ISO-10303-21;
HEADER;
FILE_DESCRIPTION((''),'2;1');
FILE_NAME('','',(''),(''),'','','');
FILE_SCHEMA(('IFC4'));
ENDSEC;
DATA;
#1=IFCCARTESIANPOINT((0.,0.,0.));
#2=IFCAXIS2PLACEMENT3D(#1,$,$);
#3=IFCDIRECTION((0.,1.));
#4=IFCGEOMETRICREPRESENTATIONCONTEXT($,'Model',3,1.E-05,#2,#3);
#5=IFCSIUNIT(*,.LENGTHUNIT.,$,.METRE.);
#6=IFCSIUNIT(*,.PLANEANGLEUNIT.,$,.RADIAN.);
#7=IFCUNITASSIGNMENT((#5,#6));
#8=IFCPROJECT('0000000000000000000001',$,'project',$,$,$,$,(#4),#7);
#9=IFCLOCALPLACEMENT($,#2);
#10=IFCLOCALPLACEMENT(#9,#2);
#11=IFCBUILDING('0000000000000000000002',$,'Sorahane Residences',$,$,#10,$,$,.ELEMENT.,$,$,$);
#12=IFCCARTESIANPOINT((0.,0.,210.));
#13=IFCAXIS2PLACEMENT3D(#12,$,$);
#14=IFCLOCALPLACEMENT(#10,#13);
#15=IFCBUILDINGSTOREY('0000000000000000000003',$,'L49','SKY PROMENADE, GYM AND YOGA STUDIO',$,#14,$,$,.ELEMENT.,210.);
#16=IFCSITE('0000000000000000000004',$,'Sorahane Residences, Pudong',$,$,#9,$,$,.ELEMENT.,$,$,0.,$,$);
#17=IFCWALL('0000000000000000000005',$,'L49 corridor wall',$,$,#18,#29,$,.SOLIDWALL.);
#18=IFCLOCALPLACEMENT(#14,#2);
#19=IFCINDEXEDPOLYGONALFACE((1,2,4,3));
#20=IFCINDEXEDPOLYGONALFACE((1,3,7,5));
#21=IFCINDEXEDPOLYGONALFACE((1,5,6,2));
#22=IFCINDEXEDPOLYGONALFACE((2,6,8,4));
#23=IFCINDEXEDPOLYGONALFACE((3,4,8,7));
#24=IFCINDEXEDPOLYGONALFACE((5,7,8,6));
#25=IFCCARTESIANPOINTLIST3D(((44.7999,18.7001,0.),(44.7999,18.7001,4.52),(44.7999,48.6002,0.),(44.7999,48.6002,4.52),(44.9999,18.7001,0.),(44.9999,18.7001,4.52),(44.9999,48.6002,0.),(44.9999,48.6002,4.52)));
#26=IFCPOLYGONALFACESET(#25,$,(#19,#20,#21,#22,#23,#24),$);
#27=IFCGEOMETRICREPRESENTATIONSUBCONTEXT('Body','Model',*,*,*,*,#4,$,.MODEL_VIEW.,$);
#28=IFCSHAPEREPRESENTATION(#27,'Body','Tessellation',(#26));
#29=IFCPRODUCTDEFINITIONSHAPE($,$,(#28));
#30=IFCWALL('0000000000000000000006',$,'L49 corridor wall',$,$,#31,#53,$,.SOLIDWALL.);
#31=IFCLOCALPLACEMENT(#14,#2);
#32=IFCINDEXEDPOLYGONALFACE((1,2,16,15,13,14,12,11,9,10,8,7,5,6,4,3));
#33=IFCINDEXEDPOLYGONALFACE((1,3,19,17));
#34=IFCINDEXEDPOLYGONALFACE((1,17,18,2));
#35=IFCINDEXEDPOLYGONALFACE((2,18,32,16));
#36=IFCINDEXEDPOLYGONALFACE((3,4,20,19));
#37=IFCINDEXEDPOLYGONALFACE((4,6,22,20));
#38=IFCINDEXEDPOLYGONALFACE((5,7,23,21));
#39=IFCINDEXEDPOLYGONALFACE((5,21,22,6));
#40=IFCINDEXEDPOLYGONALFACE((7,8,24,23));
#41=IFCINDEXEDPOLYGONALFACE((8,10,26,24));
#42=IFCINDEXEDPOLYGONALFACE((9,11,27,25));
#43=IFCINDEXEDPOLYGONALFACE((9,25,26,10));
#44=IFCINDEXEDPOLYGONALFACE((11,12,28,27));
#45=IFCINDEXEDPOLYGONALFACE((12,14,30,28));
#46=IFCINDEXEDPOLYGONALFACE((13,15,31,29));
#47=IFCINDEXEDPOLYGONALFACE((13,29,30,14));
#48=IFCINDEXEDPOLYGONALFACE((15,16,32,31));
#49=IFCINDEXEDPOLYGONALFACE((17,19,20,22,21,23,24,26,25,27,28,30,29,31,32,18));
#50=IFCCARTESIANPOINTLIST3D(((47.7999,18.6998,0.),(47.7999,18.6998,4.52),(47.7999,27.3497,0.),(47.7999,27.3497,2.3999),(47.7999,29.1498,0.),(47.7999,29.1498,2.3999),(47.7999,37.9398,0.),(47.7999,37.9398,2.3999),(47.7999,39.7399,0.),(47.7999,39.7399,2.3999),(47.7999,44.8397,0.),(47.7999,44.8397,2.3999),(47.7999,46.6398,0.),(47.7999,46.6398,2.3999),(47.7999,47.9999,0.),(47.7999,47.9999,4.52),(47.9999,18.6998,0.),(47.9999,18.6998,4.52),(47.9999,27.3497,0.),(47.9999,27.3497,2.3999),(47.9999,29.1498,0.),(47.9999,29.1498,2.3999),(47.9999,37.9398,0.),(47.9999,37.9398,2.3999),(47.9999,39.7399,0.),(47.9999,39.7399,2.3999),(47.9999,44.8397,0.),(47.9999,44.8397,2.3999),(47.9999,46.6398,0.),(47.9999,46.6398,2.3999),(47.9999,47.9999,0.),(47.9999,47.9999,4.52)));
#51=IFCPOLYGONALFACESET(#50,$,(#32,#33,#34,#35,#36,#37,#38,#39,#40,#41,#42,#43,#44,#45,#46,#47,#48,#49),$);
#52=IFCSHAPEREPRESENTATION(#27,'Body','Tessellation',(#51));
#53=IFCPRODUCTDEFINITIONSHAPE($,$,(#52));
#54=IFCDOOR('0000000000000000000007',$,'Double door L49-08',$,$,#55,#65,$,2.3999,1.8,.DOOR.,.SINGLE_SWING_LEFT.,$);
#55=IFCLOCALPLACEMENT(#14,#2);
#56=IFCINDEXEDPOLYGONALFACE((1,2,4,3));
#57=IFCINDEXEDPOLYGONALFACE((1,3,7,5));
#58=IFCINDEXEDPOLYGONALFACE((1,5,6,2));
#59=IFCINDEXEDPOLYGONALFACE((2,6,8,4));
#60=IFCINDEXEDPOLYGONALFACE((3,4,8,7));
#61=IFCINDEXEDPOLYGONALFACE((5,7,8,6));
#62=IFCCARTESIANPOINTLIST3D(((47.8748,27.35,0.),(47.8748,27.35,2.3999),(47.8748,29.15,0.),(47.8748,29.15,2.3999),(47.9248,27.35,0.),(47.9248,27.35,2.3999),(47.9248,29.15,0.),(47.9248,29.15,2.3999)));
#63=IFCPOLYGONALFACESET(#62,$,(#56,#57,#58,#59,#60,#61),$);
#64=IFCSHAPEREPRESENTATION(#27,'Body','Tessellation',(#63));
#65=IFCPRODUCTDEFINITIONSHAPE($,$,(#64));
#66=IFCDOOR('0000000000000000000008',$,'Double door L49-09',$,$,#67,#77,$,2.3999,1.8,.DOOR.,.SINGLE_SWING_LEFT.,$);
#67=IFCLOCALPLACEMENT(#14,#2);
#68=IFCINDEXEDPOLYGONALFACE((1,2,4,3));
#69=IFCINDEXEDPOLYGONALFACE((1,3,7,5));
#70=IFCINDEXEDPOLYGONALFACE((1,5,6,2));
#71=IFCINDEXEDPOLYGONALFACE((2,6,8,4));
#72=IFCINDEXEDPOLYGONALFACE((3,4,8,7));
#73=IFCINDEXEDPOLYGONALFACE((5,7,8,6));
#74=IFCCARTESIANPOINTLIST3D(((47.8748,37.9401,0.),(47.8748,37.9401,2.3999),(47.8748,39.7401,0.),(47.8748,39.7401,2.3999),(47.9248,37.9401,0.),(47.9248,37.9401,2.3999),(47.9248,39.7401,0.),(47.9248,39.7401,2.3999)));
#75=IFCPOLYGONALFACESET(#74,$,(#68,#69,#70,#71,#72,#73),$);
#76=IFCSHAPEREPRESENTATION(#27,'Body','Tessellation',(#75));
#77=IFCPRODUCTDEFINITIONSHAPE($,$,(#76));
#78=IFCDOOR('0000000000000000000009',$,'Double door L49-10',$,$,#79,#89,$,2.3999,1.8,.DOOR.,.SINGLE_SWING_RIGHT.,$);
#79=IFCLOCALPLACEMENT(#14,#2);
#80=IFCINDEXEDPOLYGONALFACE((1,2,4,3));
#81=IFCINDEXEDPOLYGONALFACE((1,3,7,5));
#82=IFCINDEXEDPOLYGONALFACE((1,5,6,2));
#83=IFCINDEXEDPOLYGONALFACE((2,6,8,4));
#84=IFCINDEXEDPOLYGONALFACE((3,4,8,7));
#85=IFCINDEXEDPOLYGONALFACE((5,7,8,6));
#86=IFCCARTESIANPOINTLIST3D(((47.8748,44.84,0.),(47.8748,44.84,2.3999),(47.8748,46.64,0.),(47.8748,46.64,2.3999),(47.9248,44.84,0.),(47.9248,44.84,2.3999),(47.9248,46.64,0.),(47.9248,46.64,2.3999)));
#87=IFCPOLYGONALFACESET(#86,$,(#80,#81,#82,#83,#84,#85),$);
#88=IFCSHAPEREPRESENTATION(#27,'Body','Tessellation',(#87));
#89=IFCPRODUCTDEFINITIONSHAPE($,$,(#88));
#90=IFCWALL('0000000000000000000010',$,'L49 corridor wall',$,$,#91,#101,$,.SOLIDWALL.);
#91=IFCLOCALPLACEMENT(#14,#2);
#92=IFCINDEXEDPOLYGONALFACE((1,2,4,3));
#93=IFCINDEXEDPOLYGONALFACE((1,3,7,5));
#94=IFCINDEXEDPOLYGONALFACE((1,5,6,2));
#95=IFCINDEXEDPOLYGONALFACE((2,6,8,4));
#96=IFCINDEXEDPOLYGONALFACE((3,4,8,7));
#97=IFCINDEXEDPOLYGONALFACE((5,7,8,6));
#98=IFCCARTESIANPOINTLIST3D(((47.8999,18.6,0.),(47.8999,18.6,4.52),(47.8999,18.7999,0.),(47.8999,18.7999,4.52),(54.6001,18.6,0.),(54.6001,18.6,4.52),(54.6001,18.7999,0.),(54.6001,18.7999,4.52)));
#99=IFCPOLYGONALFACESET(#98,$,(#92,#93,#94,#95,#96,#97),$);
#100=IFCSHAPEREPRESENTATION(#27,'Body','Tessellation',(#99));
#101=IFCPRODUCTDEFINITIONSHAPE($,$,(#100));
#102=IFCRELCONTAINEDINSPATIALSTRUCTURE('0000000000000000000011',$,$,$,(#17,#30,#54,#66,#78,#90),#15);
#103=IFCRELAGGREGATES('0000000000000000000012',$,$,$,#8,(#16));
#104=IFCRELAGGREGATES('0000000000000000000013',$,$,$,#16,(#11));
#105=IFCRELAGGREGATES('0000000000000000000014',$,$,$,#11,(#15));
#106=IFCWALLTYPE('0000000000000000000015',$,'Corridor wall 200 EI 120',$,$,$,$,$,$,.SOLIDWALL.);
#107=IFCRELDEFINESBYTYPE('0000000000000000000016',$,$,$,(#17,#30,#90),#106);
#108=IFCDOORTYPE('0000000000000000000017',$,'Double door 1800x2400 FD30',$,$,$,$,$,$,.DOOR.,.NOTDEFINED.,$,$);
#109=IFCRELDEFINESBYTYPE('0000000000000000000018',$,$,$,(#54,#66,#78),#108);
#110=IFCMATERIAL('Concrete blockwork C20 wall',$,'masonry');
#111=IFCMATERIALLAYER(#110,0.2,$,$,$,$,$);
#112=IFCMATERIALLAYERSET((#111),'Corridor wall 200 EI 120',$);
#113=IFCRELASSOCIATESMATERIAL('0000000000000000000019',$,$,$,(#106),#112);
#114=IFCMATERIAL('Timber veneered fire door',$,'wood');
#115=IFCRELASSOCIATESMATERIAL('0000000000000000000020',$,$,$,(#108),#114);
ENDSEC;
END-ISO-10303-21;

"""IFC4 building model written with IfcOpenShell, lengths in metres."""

from ifc_helpers import new_model, si_unit, direction, frame, frame_2d, origin, place, context, subcontext, project, spatial, rectangle, extrude, material, layer, layer_set, type_object, element, fill, save


model = new_model("IFC4")

# Units and contexts
model_context = context("Model", 3, precision=1e-05, world=origin(), true_north=direction((0.0, 1.0)))
body_context = subcontext(model_context, "Body", "Model", "MODEL_VIEW")
ifc_project = project(units=[si_unit("LENGTHUNIT", "METRE"), si_unit("PLANEANGLEUNIT", "RADIAN")], contexts=[model_context])

# Site, building, storey
site_placement = place(None, origin())
site = spatial("IfcSite", under=ifc_project, at=site_placement, Name="Sorahane Residences, Pudong", CompositionType="ELEMENT", RefElevation=0.0)
building_placement = place(site_placement, origin())
building = spatial("IfcBuilding", under=site, at=building_placement, Name="Sorahane Residences", CompositionType="ELEMENT")
storey_placement = place(building_placement, frame((0.0, 0.0, 210.0)))
storey = spatial("IfcBuildingStorey", under=building, at=storey_placement, Name="L49", Description="SKY PROMENADE, GYM AND YOGA STUDIO", CompositionType="ELEMENT", Elevation=210.0)

# Wall
ifc_material_1 = material(Name="Concrete blockwork C20 wall", Category="masonry")
ifc_layer_1 = layer(ifc_material_1, 0.2)
ifc_layer_set_1 = layer_set([ifc_layer_1], Name="Corridor wall 200 EI 120")
wall_type_1 = type_object("IfcWallType", Name="Corridor wall 200 EI 120", PredefinedType="SOLIDWALL", material=ifc_layer_set_1)
wall_1_placement = place(storey_placement, frame((44.8999, 18.7, 0.0), z_axis=(0.0, 0.0, 1.0), x_axis=(0.0, 1.0, 0.0)))
element("IfcWall", 1, at=wall_1_placement, inside=storey, type_object=wall_type_1, Name="L49 corridor wall", PredefinedType="SOLIDWALL", context=body_context, shape_type="SweptSolid", body=[
    extrude(rectangle(XDim=29.9001, YDim=0.2, at=frame_2d((14.9502, 0.0))), origin(), (0.0, 0.0, 1.0), 4.52),
])

# Wall, openings, doors
wall_2_placement = place(storey_placement, frame((47.8999, 18.7, 0.0), z_axis=(0.0, 0.0, 1.0), x_axis=(0.0, 1.0, 0.0)))
wall_2 = element("IfcWall", 2, at=wall_2_placement, inside=storey, type_object=wall_type_1, Name="L49 corridor wall", PredefinedType="SOLIDWALL", context=body_context, shape_type="SweptSolid", body=[
    extrude(rectangle(XDim=29.3, YDim=0.2, at=frame_2d((14.6499, 0.0))), origin(), (0.0, 0.0, 1.0), 4.52),
])
opening_1_placement = place(wall_2_placement, frame((8.6499, 0.0, 0.0)))
opening_1 = element("IfcOpeningElement", 3, at=opening_1_placement, cuts=wall_2, PredefinedType="OPENING", context=body_context, shape_type="SweptSolid", body=[
    extrude(rectangle(XDim=1.8, YDim=2.3999, at=frame_2d((0.8999, 1.2))), frame((0.0, 0.1099, 0.0), z_axis=(0.0, -1.0, 0.0), x_axis=(1.0, 0.0, 0.0)), (0.0, 0.0, 1.0), 0.22),
])
opening_2_placement = place(wall_2_placement, frame((19.24, 0.0, 0.0)))
opening_2 = element("IfcOpeningElement", 4, at=opening_2_placement, cuts=wall_2, PredefinedType="OPENING", context=body_context, shape_type="SweptSolid", body=[
    extrude(rectangle(XDim=1.8, YDim=2.3999, at=frame_2d((0.8999, 1.2))), frame((0.0, 0.1099, 0.0), z_axis=(0.0, -1.0, 0.0), x_axis=(1.0, 0.0, 0.0)), (0.0, 0.0, 1.0), 0.22),
])
opening_3_placement = place(wall_2_placement, frame((26.1399, 0.0, 0.0)))
opening_3 = element("IfcOpeningElement", 5, at=opening_3_placement, cuts=wall_2, PredefinedType="OPENING", context=body_context, shape_type="SweptSolid", body=[
    extrude(rectangle(XDim=1.8, YDim=2.3999, at=frame_2d((0.8999, 1.2))), frame((0.0, 0.1099, 0.0), z_axis=(0.0, -1.0, 0.0), x_axis=(1.0, 0.0, 0.0)), (0.0, 0.0, 1.0), 0.22),
])
ifc_material_2 = material(Name="Timber veneered fire door", Category="wood")
door_type = type_object("IfcDoorType", Name="Double door 1800x2400 FD30", OperationType="NOTDEFINED", PredefinedType="DOOR", material=ifc_material_2)
door_1_placement = place(opening_1_placement, frame((1.8, 0.0, 0.0), z_axis=(0.0, 0.0, 1.0), x_axis=(-1.0, 0.0, 0.0)))
door_1 = element("IfcDoor", 6, at=door_1_placement, inside=storey, type_object=door_type, Name="Double door L49-08", OperationType="SINGLE_SWING_LEFT", OverallHeight=2.3999, OverallWidth=1.8, PredefinedType="DOOR", context=body_context, shape_type="SweptSolid", body=[
    extrude(rectangle(XDim=1.8, YDim=2.3999, at=frame_2d((0.8999, 1.2))), frame((0.0, 0.0249, 0.0), z_axis=(0.0, -1.0, 0.0), x_axis=(1.0, 0.0, 0.0)), (0.0, 0.0, 1.0), 0.05),
])
fill(opening_1, door_1)
door_2_placement = place(opening_2_placement, frame((1.8, 0.0, 0.0), z_axis=(0.0, 0.0, 1.0), x_axis=(-1.0, 0.0, 0.0)))
door_2 = element("IfcDoor", 7, at=door_2_placement, inside=storey, type_object=door_type, Name="Double door L49-09", OperationType="SINGLE_SWING_LEFT", OverallHeight=2.3999, OverallWidth=1.8, PredefinedType="DOOR", context=body_context, shape_type="SweptSolid", body=[
    extrude(rectangle(XDim=1.8, YDim=2.3999, at=frame_2d((0.8999, 1.2))), frame((0.0, 0.0249, 0.0), z_axis=(0.0, -1.0, 0.0), x_axis=(1.0, 0.0, 0.0)), (0.0, 0.0, 1.0), 0.05),
])
fill(opening_2, door_2)
door_3_placement = place(opening_3_placement, frame((1.8, 0.0, 0.0), z_axis=(0.0, 0.0, 1.0), x_axis=(-1.0, 0.0, 0.0)))
door_3 = element("IfcDoor", 8, at=door_3_placement, inside=storey, type_object=door_type, Name="Double door L49-10", OperationType="SINGLE_SWING_RIGHT", OverallHeight=2.3999, OverallWidth=1.8, PredefinedType="DOOR", context=body_context, shape_type="SweptSolid", body=[
    extrude(rectangle(XDim=1.8, YDim=2.3999, at=frame_2d((0.8999, 1.2))), frame((0.0, 0.0249, 0.0), z_axis=(0.0, -1.0, 0.0), x_axis=(1.0, 0.0, 0.0)), (0.0, 0.0, 1.0), 0.05),
])
fill(opening_3, door_3)

# Wall
wall_3_placement = place(storey_placement, frame((47.8999, 18.7, 0.0), z_axis=(0.0, 0.0, 1.0), x_axis=(1.0, 0.0, 0.0)))
element("IfcWall", 9, at=wall_3_placement, inside=storey, type_object=wall_type_1, Name="L49 corridor wall", PredefinedType="SOLIDWALL", context=body_context, shape_type="SweptSolid", body=[
    extrude(rectangle(XDim=6.7002, YDim=0.2, at=frame_2d((3.3501, 0.0))), origin(), (0.0, 0.0, 1.0), 4.52),
])

save(model, "model.ifc")
